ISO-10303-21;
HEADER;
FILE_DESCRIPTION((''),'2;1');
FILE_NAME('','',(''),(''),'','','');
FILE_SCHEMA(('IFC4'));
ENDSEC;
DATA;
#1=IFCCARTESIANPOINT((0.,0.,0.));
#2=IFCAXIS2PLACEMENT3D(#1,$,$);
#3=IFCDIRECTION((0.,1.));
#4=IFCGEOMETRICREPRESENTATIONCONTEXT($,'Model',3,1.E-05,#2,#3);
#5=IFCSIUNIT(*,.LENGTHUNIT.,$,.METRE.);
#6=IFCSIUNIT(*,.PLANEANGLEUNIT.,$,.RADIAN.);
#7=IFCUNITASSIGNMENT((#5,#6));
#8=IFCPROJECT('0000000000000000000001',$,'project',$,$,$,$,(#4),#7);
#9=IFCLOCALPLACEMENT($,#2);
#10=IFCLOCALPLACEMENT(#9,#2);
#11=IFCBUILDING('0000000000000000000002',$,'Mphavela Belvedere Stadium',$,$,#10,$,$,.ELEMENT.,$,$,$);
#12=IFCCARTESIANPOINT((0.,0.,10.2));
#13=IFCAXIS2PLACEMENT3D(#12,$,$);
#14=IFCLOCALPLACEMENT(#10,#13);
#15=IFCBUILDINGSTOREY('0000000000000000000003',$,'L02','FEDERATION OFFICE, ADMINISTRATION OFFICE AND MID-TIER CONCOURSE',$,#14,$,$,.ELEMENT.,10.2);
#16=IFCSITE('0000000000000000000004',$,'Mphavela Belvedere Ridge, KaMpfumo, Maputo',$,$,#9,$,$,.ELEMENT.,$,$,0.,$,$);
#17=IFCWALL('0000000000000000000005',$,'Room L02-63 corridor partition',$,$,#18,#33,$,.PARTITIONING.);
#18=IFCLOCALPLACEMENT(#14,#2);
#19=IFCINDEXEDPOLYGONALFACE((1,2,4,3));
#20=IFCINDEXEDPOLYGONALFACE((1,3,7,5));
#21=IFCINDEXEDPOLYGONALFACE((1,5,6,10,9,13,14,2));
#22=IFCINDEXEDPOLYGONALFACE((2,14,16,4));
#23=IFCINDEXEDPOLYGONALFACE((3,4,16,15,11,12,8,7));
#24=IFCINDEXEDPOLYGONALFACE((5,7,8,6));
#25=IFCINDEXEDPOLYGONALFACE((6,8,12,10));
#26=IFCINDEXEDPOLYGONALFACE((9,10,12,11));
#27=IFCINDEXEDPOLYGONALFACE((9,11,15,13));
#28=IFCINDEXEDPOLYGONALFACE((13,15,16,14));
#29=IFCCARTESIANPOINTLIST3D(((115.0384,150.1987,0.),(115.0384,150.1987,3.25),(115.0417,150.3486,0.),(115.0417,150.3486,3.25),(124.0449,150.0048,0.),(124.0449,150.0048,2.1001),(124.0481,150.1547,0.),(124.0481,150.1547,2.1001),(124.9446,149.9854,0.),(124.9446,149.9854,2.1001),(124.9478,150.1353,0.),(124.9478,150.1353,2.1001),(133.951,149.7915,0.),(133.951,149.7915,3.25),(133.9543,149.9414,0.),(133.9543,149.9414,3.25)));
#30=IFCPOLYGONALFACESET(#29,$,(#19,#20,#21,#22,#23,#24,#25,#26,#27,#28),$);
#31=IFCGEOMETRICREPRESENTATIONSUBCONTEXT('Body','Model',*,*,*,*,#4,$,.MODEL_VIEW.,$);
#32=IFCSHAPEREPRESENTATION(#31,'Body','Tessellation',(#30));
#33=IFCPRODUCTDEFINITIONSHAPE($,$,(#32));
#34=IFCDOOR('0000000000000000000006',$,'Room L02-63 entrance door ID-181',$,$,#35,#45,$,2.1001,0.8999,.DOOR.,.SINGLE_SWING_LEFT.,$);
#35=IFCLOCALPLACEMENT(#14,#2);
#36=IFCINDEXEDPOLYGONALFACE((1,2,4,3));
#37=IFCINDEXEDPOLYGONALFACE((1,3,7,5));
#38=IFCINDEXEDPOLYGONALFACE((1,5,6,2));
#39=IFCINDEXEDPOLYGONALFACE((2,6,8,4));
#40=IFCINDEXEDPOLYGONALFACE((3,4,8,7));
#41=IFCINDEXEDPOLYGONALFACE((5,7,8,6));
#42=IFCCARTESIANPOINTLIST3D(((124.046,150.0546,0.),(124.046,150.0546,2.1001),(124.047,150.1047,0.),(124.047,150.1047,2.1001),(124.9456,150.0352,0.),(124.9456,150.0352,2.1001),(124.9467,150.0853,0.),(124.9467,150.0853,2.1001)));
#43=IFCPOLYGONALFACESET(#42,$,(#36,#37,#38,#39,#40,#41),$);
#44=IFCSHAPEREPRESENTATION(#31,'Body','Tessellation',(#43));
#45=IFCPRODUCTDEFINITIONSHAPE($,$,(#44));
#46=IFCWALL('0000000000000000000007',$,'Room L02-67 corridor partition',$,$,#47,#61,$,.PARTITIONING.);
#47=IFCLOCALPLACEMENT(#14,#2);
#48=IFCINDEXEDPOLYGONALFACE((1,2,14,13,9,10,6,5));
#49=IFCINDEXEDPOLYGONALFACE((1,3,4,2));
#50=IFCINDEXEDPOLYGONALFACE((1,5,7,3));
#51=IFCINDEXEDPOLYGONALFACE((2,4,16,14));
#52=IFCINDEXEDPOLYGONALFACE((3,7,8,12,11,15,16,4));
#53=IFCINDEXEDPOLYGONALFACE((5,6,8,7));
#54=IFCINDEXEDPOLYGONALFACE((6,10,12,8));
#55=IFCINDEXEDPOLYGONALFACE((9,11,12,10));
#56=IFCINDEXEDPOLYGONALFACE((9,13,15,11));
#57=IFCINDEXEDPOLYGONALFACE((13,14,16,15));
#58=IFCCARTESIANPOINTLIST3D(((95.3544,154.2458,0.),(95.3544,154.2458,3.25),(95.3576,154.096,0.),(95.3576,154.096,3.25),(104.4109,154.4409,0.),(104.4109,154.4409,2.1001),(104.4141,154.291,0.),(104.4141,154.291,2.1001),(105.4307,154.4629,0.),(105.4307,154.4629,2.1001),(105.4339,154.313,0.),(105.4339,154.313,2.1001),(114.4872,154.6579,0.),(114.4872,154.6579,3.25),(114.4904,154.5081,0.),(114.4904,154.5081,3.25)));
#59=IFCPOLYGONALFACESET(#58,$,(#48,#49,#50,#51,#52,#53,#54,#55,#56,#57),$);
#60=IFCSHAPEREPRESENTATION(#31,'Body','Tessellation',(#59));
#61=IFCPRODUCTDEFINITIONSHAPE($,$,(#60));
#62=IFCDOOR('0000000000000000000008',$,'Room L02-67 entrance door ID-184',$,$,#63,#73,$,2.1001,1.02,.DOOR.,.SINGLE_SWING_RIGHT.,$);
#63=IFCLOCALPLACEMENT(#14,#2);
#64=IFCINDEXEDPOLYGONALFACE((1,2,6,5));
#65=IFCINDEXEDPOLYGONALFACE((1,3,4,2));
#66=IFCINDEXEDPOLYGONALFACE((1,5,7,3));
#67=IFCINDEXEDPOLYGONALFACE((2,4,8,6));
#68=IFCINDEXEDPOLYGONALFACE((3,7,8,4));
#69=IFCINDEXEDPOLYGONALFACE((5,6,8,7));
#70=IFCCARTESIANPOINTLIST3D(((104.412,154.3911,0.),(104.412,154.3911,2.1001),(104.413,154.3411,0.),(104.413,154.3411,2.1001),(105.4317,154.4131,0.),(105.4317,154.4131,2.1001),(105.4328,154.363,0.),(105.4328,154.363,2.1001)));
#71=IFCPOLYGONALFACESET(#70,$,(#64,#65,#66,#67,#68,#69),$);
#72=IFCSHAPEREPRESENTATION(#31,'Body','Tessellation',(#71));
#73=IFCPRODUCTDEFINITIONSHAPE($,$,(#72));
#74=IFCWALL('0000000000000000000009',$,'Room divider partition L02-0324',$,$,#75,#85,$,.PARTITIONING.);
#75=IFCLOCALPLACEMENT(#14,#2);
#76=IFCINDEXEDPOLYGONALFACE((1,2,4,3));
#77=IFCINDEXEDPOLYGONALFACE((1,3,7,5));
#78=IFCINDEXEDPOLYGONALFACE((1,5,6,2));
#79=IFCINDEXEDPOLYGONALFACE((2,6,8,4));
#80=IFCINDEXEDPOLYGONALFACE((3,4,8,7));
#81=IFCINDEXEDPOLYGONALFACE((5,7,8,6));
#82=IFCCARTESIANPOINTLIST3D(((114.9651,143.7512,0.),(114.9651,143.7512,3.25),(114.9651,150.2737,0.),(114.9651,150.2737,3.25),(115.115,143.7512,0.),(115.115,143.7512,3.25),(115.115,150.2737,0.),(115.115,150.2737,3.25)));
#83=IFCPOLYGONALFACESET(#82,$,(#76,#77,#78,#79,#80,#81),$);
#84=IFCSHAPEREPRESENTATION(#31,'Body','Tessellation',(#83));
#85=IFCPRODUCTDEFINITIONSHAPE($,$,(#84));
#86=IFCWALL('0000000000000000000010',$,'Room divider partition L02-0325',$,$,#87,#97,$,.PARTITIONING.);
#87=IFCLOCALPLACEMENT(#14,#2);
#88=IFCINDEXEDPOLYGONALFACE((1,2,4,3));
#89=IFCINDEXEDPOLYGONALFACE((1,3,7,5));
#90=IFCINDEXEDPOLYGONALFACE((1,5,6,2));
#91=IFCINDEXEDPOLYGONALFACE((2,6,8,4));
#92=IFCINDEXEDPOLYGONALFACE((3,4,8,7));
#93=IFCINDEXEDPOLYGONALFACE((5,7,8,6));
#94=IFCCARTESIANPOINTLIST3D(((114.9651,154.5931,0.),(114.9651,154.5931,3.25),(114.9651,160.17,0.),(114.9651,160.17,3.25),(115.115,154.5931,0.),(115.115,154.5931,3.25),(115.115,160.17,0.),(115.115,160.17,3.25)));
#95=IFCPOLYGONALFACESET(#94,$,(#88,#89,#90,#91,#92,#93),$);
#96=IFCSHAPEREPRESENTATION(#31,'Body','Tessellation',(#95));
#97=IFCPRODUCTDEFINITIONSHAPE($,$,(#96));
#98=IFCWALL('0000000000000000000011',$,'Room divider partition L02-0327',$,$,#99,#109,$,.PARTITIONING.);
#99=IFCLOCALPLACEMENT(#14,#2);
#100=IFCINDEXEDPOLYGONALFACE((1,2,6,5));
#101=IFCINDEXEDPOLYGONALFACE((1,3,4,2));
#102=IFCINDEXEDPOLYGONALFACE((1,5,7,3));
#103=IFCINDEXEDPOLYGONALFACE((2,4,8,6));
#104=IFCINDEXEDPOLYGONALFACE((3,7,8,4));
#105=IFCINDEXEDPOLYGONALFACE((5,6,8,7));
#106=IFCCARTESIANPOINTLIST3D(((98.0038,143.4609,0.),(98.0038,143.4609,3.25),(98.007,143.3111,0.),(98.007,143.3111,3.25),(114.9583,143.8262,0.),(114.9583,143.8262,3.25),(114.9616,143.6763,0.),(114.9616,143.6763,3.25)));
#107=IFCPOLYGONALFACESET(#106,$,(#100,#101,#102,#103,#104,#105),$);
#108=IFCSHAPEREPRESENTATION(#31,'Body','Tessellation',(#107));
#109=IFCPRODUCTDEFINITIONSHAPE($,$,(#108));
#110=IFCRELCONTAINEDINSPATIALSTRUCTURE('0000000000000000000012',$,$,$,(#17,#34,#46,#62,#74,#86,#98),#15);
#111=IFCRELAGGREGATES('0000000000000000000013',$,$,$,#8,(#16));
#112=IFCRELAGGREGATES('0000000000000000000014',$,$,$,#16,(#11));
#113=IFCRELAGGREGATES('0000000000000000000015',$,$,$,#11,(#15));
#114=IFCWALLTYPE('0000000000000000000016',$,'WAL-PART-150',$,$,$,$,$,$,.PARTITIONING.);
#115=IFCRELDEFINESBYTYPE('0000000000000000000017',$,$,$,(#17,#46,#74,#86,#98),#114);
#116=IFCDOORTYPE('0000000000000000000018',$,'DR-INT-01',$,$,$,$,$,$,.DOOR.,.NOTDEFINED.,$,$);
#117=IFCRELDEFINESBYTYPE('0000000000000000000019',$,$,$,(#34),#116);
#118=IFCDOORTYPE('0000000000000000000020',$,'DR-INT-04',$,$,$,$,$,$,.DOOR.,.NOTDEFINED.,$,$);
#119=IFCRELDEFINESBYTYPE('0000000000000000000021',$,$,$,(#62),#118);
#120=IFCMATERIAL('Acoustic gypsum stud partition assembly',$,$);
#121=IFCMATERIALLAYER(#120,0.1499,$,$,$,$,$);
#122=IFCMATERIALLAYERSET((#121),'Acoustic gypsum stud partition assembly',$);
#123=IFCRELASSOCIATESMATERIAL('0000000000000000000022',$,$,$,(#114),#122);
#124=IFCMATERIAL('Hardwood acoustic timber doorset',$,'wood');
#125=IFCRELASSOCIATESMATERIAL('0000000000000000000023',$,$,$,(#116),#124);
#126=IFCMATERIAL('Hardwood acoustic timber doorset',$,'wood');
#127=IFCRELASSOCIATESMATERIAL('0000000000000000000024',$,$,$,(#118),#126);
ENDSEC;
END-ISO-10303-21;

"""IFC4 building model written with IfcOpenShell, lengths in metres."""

from ifc_helpers import new_model, si_unit, direction, frame, frame_2d, origin, place, context, subcontext, project, spatial, rectangle, extrude, material, layer, layer_set, type_object, element, fill, save


model = new_model("IFC4")

# Units and contexts
model_context = context("Model", 3, precision=1e-05, world=origin(), true_north=direction((0.0, 1.0)))
body_context = subcontext(model_context, "Body", "Model", "MODEL_VIEW")
ifc_project = project(units=[si_unit("LENGTHUNIT", "METRE"), si_unit("PLANEANGLEUNIT", "RADIAN")], contexts=[model_context])

# Site, building, storey
site_placement = place(None, origin())
site = spatial("IfcSite", under=ifc_project, at=site_placement, Name="Mphavela Belvedere Ridge, KaMpfumo, Maputo", CompositionType="ELEMENT", RefElevation=0.0)
building_placement = place(site_placement, origin())
building = spatial("IfcBuilding", under=site, at=building_placement, Name="Mphavela Belvedere Stadium", CompositionType="ELEMENT")
storey_placement = place(building_placement, frame((0.0, 0.0, 10.2)))
storey = spatial("IfcBuildingStorey", under=building, at=storey_placement, Name="L02", Description="FEDERATION OFFICE, ADMINISTRATION OFFICE AND MID-TIER CONCOURSE", CompositionType="ELEMENT", Elevation=10.2)

# Walls, openings, doors
ifc_material_1 = material(Name="Acoustic gypsum stud partition assembly")
ifc_layer_1 = layer(ifc_material_1, 0.1499)
ifc_layer_set_1 = layer_set([ifc_layer_1], Name="Acoustic gypsum stud partition assembly")
wall_type = type_object("IfcWallType", Name="WAL-PART-150", PredefinedType="PARTITIONING", material=ifc_layer_set_1)
wall_1_placement = place(storey_placement, frame((115.04, 150.2737, 0.0), z_axis=(0.0, 0.0, 1.0), x_axis=(0.999768, -0.021527, 0.0)))
wall_1 = element("IfcWall", 1, at=wall_1_placement, inside=storey, type_object=wall_type, Name="Room L02-63 corridor partition", PredefinedType="PARTITIONING", context=body_context, shape_type="SweptSolid", body=[
    extrude(rectangle(XDim=18.917, YDim=0.1499, at=frame_2d((9.4585, 0.0))), origin(), (0.0, 0.0, 1.0), 3.25),
])
opening_1_placement = place(wall_1_placement, frame((9.0085, 0.0, 0.0)))
opening_1 = element("IfcOpeningElement", 2, at=opening_1_placement, cuts=wall_1, PredefinedType="OPENING", context=body_context, shape_type="SweptSolid", body=[
    extrude(rectangle(XDim=0.8999, YDim=2.1001, at=frame_2d((0.45, 1.05))), frame((0.0, 0.085, 0.0), z_axis=(0.0, -1.0, 0.0), x_axis=(1.0, 0.0, 0.0)), (0.0, 0.0, 1.0), 0.1699),
])
ifc_material_2 = material(Name="Hardwood acoustic timber doorset", Category="wood")
door_type_1 = type_object("IfcDoorType", Name="DR-INT-01", OperationType="NOTDEFINED", PredefinedType="DOOR", material=ifc_material_2)
door_1_placement = place(opening_1_placement, origin())
door_1 = element("IfcDoor", 3, at=door_1_placement, inside=storey, type_object=door_type_1, Name="Room L02-63 entrance door ID-181", OperationType="SINGLE_SWING_LEFT", OverallHeight=2.1001, OverallWidth=0.8999, PredefinedType="DOOR", context=body_context, shape_type="SweptSolid", body=[
    extrude(rectangle(XDim=0.8999, YDim=2.1001, at=frame_2d((0.45, 1.05))), frame((0.0, 0.0249, 0.0), z_axis=(0.0, -1.0, 0.0), x_axis=(1.0, 0.0, 0.0)), (0.0, 0.0, 1.0), 0.05),
])
fill(opening_1, door_1)
wall_2_placement = place(storey_placement, frame((114.4888, 154.583, 0.0), z_axis=(0.0, 0.0, 1.0), x_axis=(-0.999768, -0.021534, 0.0)))
wall_2 = element("IfcWall", 4, at=wall_2_placement, inside=storey, type_object=wall_type, Name="Room L02-67 corridor partition", PredefinedType="PARTITIONING", context=body_context, shape_type="SweptSolid", body=[
    extrude(rectangle(XDim=19.1372, YDim=0.1499, at=frame_2d((9.5686, 0.0))), origin(), (0.0, 0.0, 1.0), 3.25),
])
opening_2_placement = place(wall_2_placement, frame((9.0586, 0.0, 0.0)))
opening_2 = element("IfcOpeningElement", 5, at=opening_2_placement, cuts=wall_2, PredefinedType="OPENING", context=body_context, shape_type="SweptSolid", body=[
    extrude(rectangle(XDim=1.02, YDim=2.1001, at=frame_2d((0.51, 1.05))), frame((0.0, 0.085, 0.0), z_axis=(0.0, -1.0, 0.0), x_axis=(1.0, 0.0, 0.0)), (0.0, 0.0, 1.0), 0.1699),
])
ifc_material_3 = material(Name="Hardwood acoustic timber doorset", Category="wood")
door_type_2 = type_object("IfcDoorType", Name="DR-INT-04", OperationType="NOTDEFINED", PredefinedType="DOOR", material=ifc_material_3)
door_2_placement = place(opening_2_placement, origin())
door_2 = element("IfcDoor", 6, at=door_2_placement, inside=storey, type_object=door_type_2, Name="Room L02-67 entrance door ID-184", OperationType="SINGLE_SWING_RIGHT", OverallHeight=2.1001, OverallWidth=1.02, PredefinedType="DOOR", context=body_context, shape_type="SweptSolid", body=[
    extrude(rectangle(XDim=1.02, YDim=2.1001, at=frame_2d((0.51, 1.05))), frame((0.0, 0.0249, 0.0), z_axis=(0.0, -1.0, 0.0), x_axis=(1.0, 0.0, 0.0)), (0.0, 0.0, 1.0), 0.05),
])
fill(opening_2, door_2)

# Walls
wall_3_placement = place(storey_placement, frame((115.04, 143.7512, 0.0), z_axis=(0.0, 0.0, 1.0), x_axis=(0.0, 1.0, 0.0)))
element("IfcWall", 7, at=wall_3_placement, inside=storey, type_object=wall_type, Name="Room divider partition L02-0324", PredefinedType="PARTITIONING", context=body_context, shape_type="SweptSolid", body=[
    extrude(rectangle(XDim=6.5225, YDim=0.1499, at=frame_2d((3.2612, 0.0))), origin(), (0.0, 0.0, 1.0), 3.25),
])
wall_4_placement = place(storey_placement, frame((115.04, 154.593, 0.0), z_axis=(0.0, 0.0, 1.0), x_axis=(0.0, 1.0, 0.0)))
element("IfcWall", 8, at=wall_4_placement, inside=storey, type_object=wall_type, Name="Room divider partition L02-0325", PredefinedType="PARTITIONING", context=body_context, shape_type="SweptSolid", body=[
    extrude(rectangle(XDim=5.5769, YDim=0.1499, at=frame_2d((2.7886, 0.0))), origin(), (0.0, 0.0, 1.0), 3.25),
])
wall_5_placement = place(storey_placement, frame((114.96, 143.7512, 0.0), z_axis=(0.0, 0.0, 1.0), x_axis=(-0.999768, -0.021537, 0.0)))
element("IfcWall", 9, at=wall_5_placement, inside=storey, type_object=wall_type, Name="Room divider partition L02-0327", PredefinedType="PARTITIONING", context=body_context, shape_type="SweptSolid", body=[
    extrude(rectangle(XDim=16.9585, YDim=0.1499, at=frame_2d((8.4792, 0.0))), origin(), (0.0, 0.0, 1.0), 3.25),
])

save(model, "model.ifc")
